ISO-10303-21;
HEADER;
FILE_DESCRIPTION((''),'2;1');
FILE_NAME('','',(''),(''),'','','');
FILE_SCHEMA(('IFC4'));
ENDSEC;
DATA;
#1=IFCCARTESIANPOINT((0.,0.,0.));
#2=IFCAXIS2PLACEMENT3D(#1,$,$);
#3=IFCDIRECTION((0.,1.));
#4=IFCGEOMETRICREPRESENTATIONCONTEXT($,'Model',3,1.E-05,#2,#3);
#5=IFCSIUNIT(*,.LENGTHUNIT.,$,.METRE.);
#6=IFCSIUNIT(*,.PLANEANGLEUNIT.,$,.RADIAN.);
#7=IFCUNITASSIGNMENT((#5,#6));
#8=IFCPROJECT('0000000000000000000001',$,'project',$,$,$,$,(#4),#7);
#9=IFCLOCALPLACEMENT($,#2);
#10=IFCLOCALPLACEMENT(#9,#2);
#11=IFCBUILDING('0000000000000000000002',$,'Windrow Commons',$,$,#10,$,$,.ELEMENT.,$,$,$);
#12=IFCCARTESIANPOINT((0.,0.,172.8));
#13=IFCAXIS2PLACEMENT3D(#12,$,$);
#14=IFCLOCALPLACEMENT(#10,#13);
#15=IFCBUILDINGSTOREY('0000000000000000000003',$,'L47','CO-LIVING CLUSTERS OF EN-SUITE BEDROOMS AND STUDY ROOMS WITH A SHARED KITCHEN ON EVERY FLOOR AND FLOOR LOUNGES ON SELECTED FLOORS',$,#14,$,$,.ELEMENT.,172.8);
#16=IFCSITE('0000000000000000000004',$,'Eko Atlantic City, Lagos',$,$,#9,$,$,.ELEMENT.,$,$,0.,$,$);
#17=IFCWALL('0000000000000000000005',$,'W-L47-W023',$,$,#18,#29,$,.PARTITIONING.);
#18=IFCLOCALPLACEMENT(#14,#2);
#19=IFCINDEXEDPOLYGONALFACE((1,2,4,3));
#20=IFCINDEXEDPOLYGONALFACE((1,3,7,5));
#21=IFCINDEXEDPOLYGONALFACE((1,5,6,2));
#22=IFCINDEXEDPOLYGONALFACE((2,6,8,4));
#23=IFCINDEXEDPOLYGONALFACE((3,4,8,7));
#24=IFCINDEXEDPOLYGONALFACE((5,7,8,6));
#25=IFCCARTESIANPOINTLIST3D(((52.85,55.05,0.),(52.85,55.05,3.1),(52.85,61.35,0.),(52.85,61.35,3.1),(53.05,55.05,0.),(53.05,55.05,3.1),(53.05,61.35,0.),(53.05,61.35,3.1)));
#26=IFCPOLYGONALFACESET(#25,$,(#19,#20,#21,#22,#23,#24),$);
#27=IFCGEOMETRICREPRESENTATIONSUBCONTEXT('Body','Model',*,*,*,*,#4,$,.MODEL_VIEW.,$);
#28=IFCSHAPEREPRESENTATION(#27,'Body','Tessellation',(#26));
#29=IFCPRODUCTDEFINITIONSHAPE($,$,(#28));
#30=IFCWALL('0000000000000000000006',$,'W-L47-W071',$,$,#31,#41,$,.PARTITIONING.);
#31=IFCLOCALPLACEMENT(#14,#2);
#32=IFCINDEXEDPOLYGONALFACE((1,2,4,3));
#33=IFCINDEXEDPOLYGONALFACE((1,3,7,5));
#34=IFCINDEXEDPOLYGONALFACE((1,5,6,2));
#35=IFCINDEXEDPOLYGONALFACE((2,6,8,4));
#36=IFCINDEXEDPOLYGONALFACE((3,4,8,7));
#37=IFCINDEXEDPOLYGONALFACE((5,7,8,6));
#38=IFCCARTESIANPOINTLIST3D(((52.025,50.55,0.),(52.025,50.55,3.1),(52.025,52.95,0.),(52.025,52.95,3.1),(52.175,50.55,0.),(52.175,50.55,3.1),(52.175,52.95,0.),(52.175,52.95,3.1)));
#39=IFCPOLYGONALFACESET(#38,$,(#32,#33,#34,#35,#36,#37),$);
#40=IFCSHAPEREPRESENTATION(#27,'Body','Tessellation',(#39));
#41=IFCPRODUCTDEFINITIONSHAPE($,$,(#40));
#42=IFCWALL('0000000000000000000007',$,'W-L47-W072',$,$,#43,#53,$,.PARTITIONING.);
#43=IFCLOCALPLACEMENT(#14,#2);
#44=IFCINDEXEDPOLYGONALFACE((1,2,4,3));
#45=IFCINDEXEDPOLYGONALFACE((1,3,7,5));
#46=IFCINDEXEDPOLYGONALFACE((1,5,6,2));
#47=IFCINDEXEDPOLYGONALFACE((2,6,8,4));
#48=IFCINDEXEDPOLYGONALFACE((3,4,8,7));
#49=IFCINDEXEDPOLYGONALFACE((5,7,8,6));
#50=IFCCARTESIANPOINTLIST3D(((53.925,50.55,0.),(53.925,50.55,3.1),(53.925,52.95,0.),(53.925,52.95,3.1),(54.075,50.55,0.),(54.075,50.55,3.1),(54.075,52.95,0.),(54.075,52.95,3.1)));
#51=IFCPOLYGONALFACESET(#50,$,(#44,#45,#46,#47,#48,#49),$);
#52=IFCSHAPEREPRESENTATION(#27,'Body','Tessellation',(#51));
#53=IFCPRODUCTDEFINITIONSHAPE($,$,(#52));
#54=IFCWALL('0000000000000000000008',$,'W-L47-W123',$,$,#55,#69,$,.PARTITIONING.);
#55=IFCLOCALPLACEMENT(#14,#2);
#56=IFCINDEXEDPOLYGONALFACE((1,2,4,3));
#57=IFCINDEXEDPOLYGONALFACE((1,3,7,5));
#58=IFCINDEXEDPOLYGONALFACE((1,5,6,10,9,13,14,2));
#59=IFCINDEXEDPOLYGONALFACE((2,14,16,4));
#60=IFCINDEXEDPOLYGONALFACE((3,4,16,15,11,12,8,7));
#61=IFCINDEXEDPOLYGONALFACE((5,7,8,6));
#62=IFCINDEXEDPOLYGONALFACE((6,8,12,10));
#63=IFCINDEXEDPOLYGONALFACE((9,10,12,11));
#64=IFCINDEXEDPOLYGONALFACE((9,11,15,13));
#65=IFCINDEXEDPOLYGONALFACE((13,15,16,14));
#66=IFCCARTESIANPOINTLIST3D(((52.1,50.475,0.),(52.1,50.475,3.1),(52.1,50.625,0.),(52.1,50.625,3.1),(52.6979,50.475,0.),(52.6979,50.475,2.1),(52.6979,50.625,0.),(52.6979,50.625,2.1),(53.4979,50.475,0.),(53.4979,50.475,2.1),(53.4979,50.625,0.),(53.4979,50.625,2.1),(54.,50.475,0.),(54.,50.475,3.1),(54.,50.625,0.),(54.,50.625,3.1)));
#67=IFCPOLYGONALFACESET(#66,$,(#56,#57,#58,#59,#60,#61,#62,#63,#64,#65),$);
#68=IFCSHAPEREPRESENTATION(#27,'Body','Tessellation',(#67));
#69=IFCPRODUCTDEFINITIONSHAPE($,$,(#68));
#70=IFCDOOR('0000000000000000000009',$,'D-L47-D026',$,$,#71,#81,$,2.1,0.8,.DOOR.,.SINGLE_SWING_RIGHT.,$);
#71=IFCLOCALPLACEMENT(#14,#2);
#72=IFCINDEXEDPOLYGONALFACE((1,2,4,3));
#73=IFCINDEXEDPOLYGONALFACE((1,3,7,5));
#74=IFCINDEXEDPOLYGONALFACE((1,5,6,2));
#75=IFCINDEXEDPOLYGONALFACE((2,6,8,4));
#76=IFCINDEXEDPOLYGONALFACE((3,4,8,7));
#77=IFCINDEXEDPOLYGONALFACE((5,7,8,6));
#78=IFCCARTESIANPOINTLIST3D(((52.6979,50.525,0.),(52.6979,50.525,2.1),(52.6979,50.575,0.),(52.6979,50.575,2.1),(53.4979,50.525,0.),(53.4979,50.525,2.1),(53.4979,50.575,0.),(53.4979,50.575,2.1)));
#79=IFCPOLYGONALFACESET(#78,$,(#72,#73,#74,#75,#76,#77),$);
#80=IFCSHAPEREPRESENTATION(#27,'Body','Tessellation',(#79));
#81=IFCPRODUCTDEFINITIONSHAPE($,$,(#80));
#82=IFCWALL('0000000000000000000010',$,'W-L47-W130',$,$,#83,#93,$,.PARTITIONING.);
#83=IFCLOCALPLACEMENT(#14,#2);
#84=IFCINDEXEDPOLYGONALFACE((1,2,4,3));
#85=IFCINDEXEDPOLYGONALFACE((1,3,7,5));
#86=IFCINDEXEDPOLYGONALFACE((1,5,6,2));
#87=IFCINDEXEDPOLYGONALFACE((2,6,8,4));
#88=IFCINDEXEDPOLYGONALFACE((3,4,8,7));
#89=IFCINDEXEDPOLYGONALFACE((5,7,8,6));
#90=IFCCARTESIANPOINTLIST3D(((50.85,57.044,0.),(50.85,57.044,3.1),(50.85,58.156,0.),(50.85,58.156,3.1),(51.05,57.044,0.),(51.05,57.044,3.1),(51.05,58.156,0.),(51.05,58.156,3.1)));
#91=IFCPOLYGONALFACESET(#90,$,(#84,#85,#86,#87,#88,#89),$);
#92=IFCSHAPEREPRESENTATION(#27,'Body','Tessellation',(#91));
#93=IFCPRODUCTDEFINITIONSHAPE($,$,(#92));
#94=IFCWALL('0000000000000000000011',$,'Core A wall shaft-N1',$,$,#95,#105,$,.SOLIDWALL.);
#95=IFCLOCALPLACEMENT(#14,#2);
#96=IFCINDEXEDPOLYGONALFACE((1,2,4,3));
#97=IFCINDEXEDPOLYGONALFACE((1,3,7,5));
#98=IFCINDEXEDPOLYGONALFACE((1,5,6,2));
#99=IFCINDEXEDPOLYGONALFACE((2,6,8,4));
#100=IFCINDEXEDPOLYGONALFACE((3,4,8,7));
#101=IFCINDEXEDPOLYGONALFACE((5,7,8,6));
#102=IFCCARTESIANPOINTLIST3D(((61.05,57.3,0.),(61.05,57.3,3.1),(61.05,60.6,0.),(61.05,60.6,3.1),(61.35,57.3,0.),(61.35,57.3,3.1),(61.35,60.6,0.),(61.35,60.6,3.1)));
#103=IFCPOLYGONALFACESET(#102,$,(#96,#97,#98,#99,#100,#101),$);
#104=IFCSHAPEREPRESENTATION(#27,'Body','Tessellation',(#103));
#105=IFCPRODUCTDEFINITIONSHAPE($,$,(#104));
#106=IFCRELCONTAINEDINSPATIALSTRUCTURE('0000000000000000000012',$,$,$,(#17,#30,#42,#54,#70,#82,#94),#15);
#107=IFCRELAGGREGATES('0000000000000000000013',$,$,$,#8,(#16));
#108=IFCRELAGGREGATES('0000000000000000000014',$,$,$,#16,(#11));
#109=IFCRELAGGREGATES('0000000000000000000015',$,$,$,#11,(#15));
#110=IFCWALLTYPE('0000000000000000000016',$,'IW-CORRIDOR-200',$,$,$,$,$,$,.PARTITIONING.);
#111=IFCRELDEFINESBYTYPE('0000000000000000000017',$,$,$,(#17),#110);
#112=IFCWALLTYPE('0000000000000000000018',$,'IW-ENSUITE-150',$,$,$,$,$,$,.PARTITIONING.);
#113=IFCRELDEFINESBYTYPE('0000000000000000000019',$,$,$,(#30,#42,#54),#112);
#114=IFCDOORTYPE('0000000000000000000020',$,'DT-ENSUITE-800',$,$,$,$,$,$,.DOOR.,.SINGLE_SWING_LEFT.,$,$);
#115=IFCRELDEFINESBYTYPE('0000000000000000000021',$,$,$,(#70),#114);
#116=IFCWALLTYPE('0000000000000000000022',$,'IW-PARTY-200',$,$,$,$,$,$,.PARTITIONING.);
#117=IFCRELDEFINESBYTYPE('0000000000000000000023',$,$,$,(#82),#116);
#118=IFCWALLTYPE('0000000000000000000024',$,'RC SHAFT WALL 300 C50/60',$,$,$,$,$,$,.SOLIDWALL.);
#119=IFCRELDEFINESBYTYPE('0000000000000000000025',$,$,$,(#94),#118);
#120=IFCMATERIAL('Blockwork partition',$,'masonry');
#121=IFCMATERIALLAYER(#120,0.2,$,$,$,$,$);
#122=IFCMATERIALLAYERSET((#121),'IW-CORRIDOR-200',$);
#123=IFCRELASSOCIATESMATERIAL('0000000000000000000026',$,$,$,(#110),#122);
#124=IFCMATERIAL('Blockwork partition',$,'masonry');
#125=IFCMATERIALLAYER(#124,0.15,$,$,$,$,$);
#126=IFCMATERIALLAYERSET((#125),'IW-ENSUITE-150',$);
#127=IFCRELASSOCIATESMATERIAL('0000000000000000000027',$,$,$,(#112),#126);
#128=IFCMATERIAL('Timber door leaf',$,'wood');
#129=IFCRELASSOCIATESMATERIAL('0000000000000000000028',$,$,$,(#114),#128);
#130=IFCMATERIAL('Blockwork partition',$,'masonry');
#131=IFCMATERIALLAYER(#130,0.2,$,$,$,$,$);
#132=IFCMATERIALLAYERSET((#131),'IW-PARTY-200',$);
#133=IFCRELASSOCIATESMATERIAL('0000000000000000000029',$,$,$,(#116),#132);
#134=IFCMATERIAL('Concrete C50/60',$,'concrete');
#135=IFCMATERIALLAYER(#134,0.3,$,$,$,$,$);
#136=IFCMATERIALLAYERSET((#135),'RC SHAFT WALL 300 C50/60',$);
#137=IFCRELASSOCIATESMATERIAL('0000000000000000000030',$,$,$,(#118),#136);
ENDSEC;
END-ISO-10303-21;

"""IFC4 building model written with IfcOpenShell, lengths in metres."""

from ifc_helpers import new_model, si_unit, direction, frame, frame_2d, origin, place, context, subcontext, project, spatial, rectangle, extrude, material, layer, layer_set, type_object, element, fill, save


model = new_model("IFC4")

# Units and contexts
model_context = context("Model", 3, precision=1e-05, world=origin(), true_north=direction((0.0, 1.0)))
body_context = subcontext(model_context, "Body", "Model", "MODEL_VIEW")
ifc_project = project(units=[si_unit("LENGTHUNIT", "METRE"), si_unit("PLANEANGLEUNIT", "RADIAN")], contexts=[model_context])

# Site, building, storey
site_placement = place(None, origin())
site = spatial("IfcSite", under=ifc_project, at=site_placement, Name="Eko Atlantic City, Lagos", CompositionType="ELEMENT", RefElevation=0.0)
building_placement = place(site_placement, origin())
building = spatial("IfcBuilding", under=site, at=building_placement, Name="Windrow Commons", CompositionType="ELEMENT")
storey_placement = place(building_placement, frame((0.0, 0.0, 172.8)))
storey = spatial("IfcBuildingStorey", under=building, at=storey_placement, Name="L47", Description="CO-LIVING CLUSTERS OF EN-SUITE BEDROOMS AND STUDY ROOMS WITH A SHARED KITCHEN ON EVERY FLOOR AND FLOOR LOUNGES ON SELECTED FLOORS", CompositionType="ELEMENT", Elevation=172.8)

# Walls
ifc_material_1 = material(Name="Blockwork partition", Category="masonry")
ifc_layer_1 = layer(ifc_material_1, 0.2)
ifc_layer_set_1 = layer_set([ifc_layer_1], Name="IW-CORRIDOR-200")
wall_type_1 = type_object("IfcWallType", Name="IW-CORRIDOR-200", PredefinedType="PARTITIONING", material=ifc_layer_set_1)
wall_1_placement = place(storey_placement, frame((52.95, 55.05, 0.0), z_axis=(0.0, 0.0, 1.0), x_axis=(0.0, 1.0, 0.0)))
element("IfcWall", 1, at=wall_1_placement, inside=storey, type_object=wall_type_1, Name="W-L47-W023", PredefinedType="PARTITIONING", context=body_context, shape_type="SweptSolid", body=[
    extrude(rectangle(XDim=6.3, YDim=0.2, at=frame_2d((3.15, 0.0))), origin(), (0.0, 0.0, 1.0), 3.1),
])
ifc_material_2 = material(Name="Blockwork partition", Category="masonry")
ifc_layer_2 = layer(ifc_material_2, 0.15)
ifc_layer_set_2 = layer_set([ifc_layer_2], Name="IW-ENSUITE-150")
wall_type_2 = type_object("IfcWallType", Name="IW-ENSUITE-150", PredefinedType="PARTITIONING", material=ifc_layer_set_2)
for number, where, z_axis, x_axis, name in (
    (2, (52.1, 50.55, 0.0), (0.0, 0.0, 1.0), (0.0, 1.0, 0.0), "W-L47-W071"),
    (3, (54.0, 50.55, 0.0), (0.0, 0.0, 1.0), (0.0, 1.0, 0.0), "W-L47-W072"),
):
    element("IfcWall", number, at=place(storey_placement, frame(where, z_axis=z_axis, x_axis=x_axis)), inside=storey, type_object=wall_type_2, Name=name, PredefinedType="PARTITIONING", context=body_context, shape_type="SweptSolid", body=[
        extrude(rectangle(XDim=2.4, YDim=0.15, at=frame_2d((1.2, 0.0))), origin(), (0.0, 0.0, 1.0), 3.1),
    ])

# Wall, opening, door
wall_2_placement = place(storey_placement, frame((52.1, 50.55, 0.0), z_axis=(0.0, 0.0, 1.0), x_axis=(1.0, 0.0, 0.0)))
wall_2 = element("IfcWall", 4, at=wall_2_placement, inside=storey, type_object=wall_type_2, Name="W-L47-W123", PredefinedType="PARTITIONING", context=body_context, shape_type="SweptSolid", body=[
    extrude(rectangle(XDim=1.9, YDim=0.15, at=frame_2d((0.95, 0.0))), origin(), (0.0, 0.0, 1.0), 3.1),
])
opening_1_placement = place(wall_2_placement, frame((0.5979, 0.0, 0.0)))
opening_1 = element("IfcOpeningElement", 5, at=opening_1_placement, cuts=wall_2, PredefinedType="OPENING", context=body_context, shape_type="SweptSolid", body=[
    extrude(rectangle(XDim=0.8, YDim=2.1, at=frame_2d((0.4, 1.05))), frame((0.0, 0.085, 0.0), z_axis=(0.0, -1.0, 0.0), x_axis=(1.0, 0.0, 0.0)), (0.0, 0.0, 1.0), 0.17),
])
ifc_material_3 = material(Name="Timber door leaf", Category="wood")
door_type_1 = type_object("IfcDoorType", Name="DT-ENSUITE-800", OperationType="SINGLE_SWING_LEFT", PredefinedType="DOOR", material=ifc_material_3)
door_1_placement = place(opening_1_placement, origin())
door_1 = element("IfcDoor", 6, at=door_1_placement, inside=storey, type_object=door_type_1, Name="D-L47-D026", OperationType="SINGLE_SWING_RIGHT", OverallHeight=2.1, OverallWidth=0.8, PredefinedType="DOOR", context=body_context, shape_type="SweptSolid", body=[
    extrude(rectangle(XDim=0.8, YDim=2.1, at=frame_2d((0.4, 1.05))), frame((0.0, 0.025, 0.0), z_axis=(0.0, -1.0, 0.0), x_axis=(1.0, 0.0, 0.0)), (0.0, 0.0, 1.0), 0.05),
])
fill(opening_1, door_1)

# Walls
ifc_material_4 = material(Name="Blockwork partition", Category="masonry")
ifc_layer_3 = layer(ifc_material_4, 0.2)
ifc_layer_set_3 = layer_set([ifc_layer_3], Name="IW-PARTY-200")
wall_type_3 = type_object("IfcWallType", Name="IW-PARTY-200", PredefinedType="PARTITIONING", material=ifc_layer_set_3)
wall_3_placement = place(storey_placement, frame((50.95, 57.044, 0.0), z_axis=(0.0, 0.0, 1.0), x_axis=(0.0, 1.0, 0.0)))
element("IfcWall", 7, at=wall_3_placement, inside=storey, type_object=wall_type_3, Name="W-L47-W130", PredefinedType="PARTITIONING", context=body_context, shape_type="SweptSolid", body=[
    extrude(rectangle(XDim=1.112, YDim=0.2, at=frame_2d((0.556, 0.0))), origin(), (0.0, 0.0, 1.0), 3.1),
])
ifc_material_5 = material(Name="Concrete C50/60", Category="concrete")
ifc_layer_4 = layer(ifc_material_5, 0.3)
ifc_layer_set_4 = layer_set([ifc_layer_4], Name="RC SHAFT WALL 300 C50/60")
wall_type_4 = type_object("IfcWallType", Name="RC SHAFT WALL 300 C50/60", PredefinedType="SOLIDWALL", material=ifc_layer_set_4)
wall_4_placement = place(storey_placement, frame((61.2, 57.3, 0.0), z_axis=(0.0, 0.0, 1.0), x_axis=(0.0, 1.0, 0.0)))
element("IfcWall", 8, at=wall_4_placement, inside=storey, type_object=wall_type_4, Name="Core A wall shaft-N1", PredefinedType="SOLIDWALL", context=body_context, shape_type="SweptSolid", body=[
    extrude(rectangle(XDim=3.3, YDim=0.3, at=frame_2d((1.65, 0.0))), origin(), (0.0, 0.0, 1.0), 3.1),
])

save(model, "model.ifc")
